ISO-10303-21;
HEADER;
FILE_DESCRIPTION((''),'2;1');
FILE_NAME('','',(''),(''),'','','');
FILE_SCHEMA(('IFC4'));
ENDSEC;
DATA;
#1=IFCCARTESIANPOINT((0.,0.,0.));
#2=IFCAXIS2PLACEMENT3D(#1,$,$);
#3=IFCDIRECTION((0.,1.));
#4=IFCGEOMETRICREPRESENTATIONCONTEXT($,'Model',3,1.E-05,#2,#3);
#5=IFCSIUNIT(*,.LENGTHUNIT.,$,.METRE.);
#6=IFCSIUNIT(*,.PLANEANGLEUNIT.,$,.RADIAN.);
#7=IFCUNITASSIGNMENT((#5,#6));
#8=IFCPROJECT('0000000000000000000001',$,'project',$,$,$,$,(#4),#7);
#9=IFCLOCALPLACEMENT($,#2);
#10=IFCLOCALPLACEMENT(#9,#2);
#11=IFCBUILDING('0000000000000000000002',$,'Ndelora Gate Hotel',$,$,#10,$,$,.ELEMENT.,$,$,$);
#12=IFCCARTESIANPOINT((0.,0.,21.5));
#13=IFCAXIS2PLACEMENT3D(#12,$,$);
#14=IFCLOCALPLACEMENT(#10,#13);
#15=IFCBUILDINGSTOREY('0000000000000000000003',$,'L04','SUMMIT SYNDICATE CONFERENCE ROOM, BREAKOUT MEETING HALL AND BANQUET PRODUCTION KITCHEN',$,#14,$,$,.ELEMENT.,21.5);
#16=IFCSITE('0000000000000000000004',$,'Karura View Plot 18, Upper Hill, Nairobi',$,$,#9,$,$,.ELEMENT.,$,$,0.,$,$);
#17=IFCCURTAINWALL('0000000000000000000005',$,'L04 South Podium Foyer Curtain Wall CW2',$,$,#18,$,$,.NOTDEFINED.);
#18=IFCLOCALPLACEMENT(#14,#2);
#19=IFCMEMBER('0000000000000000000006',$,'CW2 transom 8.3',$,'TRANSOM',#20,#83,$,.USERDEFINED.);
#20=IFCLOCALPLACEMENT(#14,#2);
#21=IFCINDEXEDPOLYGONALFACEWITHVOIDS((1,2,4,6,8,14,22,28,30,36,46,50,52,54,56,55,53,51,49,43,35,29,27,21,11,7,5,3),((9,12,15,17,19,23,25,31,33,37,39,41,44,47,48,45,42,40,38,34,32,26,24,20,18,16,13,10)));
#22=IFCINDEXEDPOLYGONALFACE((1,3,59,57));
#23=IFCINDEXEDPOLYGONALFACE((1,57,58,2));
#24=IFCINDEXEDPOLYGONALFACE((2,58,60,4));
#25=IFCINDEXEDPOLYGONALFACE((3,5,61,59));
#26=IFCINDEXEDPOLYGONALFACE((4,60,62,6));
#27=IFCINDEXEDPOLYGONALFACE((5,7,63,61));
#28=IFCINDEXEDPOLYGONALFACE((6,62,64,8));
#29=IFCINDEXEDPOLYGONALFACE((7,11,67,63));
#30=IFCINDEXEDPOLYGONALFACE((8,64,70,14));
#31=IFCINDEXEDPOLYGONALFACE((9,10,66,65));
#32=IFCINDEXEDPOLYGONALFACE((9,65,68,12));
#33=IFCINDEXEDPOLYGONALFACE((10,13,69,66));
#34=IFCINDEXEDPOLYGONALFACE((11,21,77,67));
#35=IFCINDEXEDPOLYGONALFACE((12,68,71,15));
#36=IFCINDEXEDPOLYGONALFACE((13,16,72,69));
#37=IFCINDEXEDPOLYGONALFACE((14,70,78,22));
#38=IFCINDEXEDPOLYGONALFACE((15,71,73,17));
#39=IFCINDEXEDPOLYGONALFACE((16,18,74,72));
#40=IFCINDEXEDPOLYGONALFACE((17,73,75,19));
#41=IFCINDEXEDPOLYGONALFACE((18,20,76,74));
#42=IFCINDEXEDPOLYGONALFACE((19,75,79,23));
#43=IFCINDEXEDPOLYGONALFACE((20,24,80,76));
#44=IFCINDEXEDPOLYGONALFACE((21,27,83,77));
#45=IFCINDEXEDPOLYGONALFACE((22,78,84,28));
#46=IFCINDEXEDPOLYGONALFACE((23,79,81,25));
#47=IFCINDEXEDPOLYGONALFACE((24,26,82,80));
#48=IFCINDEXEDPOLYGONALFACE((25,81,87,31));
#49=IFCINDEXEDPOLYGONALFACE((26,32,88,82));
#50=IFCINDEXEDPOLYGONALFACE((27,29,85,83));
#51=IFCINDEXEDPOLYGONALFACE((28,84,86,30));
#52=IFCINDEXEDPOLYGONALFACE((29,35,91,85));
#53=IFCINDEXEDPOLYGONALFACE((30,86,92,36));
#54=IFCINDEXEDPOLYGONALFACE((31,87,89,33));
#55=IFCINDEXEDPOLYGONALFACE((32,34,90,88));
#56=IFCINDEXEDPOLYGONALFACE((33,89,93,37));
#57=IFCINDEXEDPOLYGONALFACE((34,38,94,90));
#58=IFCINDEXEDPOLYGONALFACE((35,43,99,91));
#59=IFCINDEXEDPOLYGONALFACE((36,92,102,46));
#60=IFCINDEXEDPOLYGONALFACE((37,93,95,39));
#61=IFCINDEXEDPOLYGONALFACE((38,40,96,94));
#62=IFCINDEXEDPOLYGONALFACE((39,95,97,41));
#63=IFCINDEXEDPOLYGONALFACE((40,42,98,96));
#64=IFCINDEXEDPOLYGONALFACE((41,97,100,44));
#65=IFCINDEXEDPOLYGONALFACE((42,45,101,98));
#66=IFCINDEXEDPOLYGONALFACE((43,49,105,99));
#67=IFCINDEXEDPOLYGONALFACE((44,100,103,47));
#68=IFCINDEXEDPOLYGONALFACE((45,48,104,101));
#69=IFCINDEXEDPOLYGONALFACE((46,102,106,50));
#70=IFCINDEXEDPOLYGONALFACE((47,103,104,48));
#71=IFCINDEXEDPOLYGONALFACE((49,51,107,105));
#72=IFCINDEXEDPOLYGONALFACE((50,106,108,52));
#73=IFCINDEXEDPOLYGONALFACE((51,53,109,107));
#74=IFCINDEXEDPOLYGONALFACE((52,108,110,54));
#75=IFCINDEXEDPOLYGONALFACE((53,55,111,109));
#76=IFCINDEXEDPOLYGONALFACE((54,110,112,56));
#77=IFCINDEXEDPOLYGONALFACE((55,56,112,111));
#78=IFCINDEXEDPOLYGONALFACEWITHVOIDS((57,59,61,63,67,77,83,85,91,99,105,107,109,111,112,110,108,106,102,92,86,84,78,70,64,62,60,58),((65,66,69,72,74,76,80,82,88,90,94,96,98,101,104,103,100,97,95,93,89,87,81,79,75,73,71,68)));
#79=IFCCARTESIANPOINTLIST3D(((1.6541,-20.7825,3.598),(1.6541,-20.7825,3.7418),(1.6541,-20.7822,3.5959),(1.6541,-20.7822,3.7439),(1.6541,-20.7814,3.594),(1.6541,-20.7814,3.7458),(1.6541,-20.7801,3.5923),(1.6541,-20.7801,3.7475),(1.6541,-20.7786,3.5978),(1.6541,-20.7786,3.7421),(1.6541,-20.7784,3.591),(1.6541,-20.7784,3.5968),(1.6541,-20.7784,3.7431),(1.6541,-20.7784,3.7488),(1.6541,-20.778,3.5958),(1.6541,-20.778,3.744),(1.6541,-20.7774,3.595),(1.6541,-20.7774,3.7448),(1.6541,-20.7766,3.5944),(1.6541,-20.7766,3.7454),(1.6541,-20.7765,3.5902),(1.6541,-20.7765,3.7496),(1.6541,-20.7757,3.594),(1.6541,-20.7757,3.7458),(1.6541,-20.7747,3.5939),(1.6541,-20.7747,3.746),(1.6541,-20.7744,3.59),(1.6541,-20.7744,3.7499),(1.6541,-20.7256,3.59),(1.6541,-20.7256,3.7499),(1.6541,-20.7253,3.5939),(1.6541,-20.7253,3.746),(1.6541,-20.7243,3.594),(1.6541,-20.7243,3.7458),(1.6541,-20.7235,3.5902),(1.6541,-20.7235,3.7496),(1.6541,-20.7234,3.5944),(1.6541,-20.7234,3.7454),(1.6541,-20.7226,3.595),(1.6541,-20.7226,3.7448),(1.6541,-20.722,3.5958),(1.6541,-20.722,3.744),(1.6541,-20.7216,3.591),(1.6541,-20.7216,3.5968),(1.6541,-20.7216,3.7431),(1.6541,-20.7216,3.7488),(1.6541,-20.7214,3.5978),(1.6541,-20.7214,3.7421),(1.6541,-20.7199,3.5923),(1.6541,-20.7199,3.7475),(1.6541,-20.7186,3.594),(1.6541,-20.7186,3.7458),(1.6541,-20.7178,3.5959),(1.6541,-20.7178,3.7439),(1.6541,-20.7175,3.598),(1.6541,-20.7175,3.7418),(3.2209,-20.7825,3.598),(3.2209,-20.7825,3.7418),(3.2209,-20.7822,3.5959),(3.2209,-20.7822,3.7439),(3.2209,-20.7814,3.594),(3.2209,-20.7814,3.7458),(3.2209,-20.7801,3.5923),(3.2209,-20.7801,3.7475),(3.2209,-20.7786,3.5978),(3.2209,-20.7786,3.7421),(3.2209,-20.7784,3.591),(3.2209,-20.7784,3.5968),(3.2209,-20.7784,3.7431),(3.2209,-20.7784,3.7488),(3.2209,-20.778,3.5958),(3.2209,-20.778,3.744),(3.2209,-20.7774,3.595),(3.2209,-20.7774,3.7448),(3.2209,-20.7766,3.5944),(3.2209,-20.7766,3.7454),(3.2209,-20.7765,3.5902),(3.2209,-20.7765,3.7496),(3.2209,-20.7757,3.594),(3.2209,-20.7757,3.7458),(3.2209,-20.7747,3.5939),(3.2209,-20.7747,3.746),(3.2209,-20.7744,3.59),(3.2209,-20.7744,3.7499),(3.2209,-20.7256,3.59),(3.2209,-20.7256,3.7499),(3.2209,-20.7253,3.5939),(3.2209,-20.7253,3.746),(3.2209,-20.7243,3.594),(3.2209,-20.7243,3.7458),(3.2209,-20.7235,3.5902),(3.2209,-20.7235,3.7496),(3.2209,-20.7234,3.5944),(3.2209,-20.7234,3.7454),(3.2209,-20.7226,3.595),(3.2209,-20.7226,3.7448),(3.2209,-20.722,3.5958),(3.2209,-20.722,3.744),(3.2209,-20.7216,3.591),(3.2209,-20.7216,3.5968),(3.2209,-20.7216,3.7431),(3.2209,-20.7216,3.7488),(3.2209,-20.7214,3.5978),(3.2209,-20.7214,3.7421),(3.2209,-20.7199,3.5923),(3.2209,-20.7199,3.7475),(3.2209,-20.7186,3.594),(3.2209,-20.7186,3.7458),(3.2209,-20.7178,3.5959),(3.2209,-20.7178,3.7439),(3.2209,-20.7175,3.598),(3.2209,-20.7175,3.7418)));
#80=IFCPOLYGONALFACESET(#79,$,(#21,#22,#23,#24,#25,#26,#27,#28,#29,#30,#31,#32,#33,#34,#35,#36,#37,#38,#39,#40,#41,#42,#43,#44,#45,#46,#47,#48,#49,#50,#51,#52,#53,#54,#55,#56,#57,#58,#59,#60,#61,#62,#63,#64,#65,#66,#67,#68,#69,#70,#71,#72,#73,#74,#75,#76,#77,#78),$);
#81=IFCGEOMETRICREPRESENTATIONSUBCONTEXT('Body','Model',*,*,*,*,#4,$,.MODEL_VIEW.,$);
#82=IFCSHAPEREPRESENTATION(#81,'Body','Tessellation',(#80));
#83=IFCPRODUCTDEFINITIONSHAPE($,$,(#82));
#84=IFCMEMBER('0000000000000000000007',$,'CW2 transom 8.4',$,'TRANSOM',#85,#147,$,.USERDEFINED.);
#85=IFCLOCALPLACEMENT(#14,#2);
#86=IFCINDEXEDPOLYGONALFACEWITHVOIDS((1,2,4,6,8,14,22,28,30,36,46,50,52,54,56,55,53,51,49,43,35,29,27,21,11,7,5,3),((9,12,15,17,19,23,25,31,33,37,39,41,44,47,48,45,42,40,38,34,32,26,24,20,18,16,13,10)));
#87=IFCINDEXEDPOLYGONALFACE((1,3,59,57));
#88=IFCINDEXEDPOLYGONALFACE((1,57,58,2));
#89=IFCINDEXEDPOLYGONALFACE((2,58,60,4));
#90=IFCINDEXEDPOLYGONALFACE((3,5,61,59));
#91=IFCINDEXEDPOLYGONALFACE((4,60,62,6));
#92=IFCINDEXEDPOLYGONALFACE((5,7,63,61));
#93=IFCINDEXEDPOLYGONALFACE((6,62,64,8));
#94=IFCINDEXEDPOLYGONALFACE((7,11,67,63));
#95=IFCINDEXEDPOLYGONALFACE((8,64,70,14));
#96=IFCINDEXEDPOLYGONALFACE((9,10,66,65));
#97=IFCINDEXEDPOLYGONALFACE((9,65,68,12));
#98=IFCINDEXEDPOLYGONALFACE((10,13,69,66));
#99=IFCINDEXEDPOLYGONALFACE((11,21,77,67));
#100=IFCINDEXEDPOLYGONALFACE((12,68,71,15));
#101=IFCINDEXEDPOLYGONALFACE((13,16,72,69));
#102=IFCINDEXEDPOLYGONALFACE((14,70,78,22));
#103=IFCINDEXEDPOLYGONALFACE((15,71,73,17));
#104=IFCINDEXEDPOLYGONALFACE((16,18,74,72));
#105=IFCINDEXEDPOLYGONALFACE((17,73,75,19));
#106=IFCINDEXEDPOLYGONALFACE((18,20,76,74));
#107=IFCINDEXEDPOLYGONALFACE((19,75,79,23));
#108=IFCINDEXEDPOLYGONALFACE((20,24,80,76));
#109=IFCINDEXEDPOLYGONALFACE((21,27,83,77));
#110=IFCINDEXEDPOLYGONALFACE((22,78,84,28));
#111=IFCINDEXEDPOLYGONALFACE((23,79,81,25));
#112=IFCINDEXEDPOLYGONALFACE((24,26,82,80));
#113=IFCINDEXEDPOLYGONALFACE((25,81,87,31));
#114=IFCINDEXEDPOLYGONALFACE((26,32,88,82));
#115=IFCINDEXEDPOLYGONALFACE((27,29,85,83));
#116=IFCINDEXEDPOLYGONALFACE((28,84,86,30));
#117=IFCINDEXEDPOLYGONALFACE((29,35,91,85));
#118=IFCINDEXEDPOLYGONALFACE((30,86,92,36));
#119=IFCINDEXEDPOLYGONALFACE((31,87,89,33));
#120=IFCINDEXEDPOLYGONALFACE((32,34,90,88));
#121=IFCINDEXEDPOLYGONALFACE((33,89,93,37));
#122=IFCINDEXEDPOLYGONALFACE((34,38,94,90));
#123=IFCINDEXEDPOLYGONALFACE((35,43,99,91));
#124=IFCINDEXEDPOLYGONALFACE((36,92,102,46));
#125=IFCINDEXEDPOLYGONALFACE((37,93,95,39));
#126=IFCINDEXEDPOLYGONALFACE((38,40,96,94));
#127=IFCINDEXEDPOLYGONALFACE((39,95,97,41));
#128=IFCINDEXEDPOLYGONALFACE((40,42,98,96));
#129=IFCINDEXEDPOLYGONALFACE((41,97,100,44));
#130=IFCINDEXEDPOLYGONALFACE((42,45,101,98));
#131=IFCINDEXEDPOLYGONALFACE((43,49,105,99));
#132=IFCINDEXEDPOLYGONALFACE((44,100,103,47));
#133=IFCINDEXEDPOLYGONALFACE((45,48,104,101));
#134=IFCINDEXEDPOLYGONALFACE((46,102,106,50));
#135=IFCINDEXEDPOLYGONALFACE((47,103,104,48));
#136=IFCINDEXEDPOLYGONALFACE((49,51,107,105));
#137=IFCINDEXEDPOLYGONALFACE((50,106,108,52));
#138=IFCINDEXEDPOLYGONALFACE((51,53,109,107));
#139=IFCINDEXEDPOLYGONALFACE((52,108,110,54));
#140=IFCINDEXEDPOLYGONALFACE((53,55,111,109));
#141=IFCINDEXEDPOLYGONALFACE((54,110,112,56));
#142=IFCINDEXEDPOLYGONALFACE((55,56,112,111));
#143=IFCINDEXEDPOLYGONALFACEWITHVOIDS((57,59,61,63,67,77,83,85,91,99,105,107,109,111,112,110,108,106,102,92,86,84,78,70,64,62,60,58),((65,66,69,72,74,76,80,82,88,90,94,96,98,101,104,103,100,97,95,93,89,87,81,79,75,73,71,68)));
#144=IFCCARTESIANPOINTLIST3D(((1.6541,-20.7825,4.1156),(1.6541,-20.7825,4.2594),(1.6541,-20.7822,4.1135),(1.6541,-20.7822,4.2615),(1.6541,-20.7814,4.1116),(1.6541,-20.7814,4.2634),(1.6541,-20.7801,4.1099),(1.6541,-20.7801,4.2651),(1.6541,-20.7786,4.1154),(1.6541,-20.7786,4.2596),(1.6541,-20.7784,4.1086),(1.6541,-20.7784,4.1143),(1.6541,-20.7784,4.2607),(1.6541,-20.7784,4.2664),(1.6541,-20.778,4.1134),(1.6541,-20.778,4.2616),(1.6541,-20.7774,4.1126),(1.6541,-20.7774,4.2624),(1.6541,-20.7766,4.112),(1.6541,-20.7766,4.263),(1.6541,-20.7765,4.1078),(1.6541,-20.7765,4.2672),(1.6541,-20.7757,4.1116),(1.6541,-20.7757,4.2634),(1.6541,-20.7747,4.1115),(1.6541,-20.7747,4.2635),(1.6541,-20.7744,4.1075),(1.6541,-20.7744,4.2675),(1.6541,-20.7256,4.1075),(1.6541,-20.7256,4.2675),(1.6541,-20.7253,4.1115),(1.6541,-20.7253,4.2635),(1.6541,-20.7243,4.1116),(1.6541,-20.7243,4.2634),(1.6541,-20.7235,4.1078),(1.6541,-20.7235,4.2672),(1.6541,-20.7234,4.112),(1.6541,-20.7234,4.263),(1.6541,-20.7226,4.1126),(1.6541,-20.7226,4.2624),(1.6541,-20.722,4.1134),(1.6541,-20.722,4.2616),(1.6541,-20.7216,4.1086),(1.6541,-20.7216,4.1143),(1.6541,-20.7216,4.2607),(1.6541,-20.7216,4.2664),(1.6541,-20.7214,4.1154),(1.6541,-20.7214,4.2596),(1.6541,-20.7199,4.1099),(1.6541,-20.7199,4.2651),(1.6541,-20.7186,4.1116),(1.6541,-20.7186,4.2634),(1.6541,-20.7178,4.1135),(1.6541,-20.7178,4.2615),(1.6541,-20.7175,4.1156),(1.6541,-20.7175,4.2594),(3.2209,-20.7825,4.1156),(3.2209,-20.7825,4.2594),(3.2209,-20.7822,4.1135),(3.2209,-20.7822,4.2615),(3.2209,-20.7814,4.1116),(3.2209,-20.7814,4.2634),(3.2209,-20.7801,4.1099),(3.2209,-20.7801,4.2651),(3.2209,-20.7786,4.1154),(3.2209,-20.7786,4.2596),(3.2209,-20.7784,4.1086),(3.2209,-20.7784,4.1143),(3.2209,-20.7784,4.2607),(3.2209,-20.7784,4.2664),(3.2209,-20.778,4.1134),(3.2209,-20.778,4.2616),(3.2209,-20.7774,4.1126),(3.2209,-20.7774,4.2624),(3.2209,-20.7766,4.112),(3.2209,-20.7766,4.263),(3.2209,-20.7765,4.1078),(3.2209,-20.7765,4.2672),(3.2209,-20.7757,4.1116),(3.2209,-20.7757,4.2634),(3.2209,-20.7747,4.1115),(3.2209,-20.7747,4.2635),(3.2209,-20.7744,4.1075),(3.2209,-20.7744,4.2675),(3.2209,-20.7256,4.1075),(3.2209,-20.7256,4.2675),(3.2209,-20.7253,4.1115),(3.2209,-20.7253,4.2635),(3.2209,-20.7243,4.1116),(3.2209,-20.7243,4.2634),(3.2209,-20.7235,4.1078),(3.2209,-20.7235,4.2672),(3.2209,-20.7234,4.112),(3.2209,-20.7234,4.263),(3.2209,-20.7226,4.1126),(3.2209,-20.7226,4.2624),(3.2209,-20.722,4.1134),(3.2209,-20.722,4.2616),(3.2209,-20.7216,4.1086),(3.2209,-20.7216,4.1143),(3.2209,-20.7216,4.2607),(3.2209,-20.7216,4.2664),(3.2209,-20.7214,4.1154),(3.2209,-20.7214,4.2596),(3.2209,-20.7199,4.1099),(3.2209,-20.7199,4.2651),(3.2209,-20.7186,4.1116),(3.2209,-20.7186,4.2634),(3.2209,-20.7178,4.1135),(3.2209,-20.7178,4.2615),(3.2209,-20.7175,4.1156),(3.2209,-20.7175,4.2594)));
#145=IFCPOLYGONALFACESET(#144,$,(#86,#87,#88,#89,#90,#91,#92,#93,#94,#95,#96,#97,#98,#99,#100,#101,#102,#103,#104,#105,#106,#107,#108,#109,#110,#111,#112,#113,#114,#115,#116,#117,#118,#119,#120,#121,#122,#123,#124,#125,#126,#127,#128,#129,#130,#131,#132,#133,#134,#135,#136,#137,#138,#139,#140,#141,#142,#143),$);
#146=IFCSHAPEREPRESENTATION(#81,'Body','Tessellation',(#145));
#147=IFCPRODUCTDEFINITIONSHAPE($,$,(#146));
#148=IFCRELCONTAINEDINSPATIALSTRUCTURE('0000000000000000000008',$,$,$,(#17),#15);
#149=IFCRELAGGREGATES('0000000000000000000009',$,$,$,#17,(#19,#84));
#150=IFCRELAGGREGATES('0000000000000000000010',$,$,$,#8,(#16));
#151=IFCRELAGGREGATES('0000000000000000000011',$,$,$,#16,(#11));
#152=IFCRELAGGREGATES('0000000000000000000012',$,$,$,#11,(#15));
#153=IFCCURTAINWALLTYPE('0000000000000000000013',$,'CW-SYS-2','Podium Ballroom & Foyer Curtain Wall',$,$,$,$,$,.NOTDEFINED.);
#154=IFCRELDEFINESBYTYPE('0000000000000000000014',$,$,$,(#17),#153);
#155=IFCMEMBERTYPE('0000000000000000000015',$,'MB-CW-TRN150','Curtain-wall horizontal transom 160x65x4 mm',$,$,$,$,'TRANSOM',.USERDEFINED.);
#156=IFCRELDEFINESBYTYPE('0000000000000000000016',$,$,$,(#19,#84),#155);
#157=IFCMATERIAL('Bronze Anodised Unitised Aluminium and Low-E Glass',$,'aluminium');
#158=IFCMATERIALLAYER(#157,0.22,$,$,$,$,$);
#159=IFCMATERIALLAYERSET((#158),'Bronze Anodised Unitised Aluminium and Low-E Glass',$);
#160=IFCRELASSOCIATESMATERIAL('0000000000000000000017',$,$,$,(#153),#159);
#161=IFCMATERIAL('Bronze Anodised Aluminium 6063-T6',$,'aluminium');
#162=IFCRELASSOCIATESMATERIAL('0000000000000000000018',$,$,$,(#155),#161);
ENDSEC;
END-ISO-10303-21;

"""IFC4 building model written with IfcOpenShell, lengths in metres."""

from ifc_helpers import new_model, si_unit, direction, frame, origin, origin_2d, place, context, subcontext, project, spatial, hollow_rectangle, extrude, material, layer, layer_set, material_profile, profile_set, type_object, element, aggregate, save


model = new_model("IFC4")

# Units and contexts
model_context = context("Model", 3, precision=1e-05, world=origin(), true_north=direction((0.0, 1.0)))
body_context = subcontext(model_context, "Body", "Model", "MODEL_VIEW")
ifc_project = project(units=[si_unit("LENGTHUNIT", "METRE"), si_unit("PLANEANGLEUNIT", "RADIAN")], contexts=[model_context])

# Site, building, storey
site_placement = place(None, origin())
site = spatial("IfcSite", under=ifc_project, at=site_placement, Name="Karura View Plot 18, Upper Hill, Nairobi", CompositionType="ELEMENT", RefElevation=0.0)
building_placement = place(site_placement, origin())
building = spatial("IfcBuilding", under=site, at=building_placement, Name="Ndelora Gate Hotel", CompositionType="ELEMENT")
storey_placement = place(building_placement, frame((0.0, 0.0, 21.5)))
storey = spatial("IfcBuildingStorey", under=building, at=storey_placement, Name="L04", Description="SUMMIT SYNDICATE CONFERENCE ROOM, BREAKOUT MEETING HALL AND BANQUET PRODUCTION KITCHEN", CompositionType="ELEMENT", Elevation=21.5)

# Curtain wall, members
ifc_material_1 = material(Name="Bronze Anodised Unitised Aluminium and Low-E Glass", Category="aluminium")
ifc_layer_1 = layer(ifc_material_1, 0.22)
ifc_layer_set_1 = layer_set([ifc_layer_1], Name="Bronze Anodised Unitised Aluminium and Low-E Glass")
curtain_wall_type = type_object("IfcCurtainWallType", Name="CW-SYS-2", Description="Podium Ballroom & Foyer Curtain Wall", PredefinedType="NOTDEFINED", material=ifc_layer_set_1)
curtain_wall_placement = place(storey_placement, origin())
curtain_wall = element("IfcCurtainWall", 1, at=curtain_wall_placement, inside=storey, type_object=curtain_wall_type, Name="L04 South Podium Foyer Curtain Wall CW2", PredefinedType="NOTDEFINED")
ifc_material_2 = material(Name="Bronze Anodised Aluminium 6063-T6", Category="aluminium")
ifc_material_profile_1 = material_profile(ifc_material_2, hollow_rectangle(XDim=0.0649, YDim=0.1599, WallThickness=0.0039, InnerFilletRadius=0.0039, OuterFilletRadius=0.0081, at=origin_2d()), Name="ALU 160x65x4")
ifc_profile_set_1 = profile_set([ifc_material_profile_1], Name="Bronze Anodised Aluminium 6063-T6")
member_type_1 = type_object("IfcMemberType", Name="MB-CW-TRN150", Description="Curtain-wall horizontal transom 160x65x4 mm", ElementType="TRANSOM", PredefinedType="USERDEFINED", material=ifc_profile_set_1)
member_1_placement = place(storey_placement, frame((1.6541, -20.75, 3.6699), z_axis=(1.0, 0.0, 0.0), x_axis=(0.0, 1.0, 0.0)))
member_1 = element("IfcMember", 2, at=member_1_placement, type_object=member_type_1, Name="CW2 transom 8.3", ObjectType="TRANSOM", PredefinedType="USERDEFINED", context=body_context, shape_type="SweptSolid", body=[
    extrude(hollow_rectangle(XDim=0.0649, YDim=0.1599, WallThickness=0.0039, InnerFilletRadius=0.0039, OuterFilletRadius=0.0081, at=origin_2d()), origin(), (0.0, 0.0, 1.0), 1.5669),
])
member_2_placement = place(storey_placement, frame((1.6541, -20.75, 4.1875), z_axis=(1.0, 0.0, 0.0), x_axis=(0.0, 1.0, 0.0)))
member_2 = element("IfcMember", 3, at=member_2_placement, type_object=member_type_1, Name="CW2 transom 8.4", ObjectType="TRANSOM", PredefinedType="USERDEFINED", context=body_context, shape_type="SweptSolid", body=[
    extrude(hollow_rectangle(XDim=0.0649, YDim=0.1599, WallThickness=0.0039, InnerFilletRadius=0.0039, OuterFilletRadius=0.0081, at=origin_2d()), origin(), (0.0, 0.0, 1.0), 1.5669),
])
aggregate(curtain_wall, [member_1, member_2])

save(model, "model.ifc")
